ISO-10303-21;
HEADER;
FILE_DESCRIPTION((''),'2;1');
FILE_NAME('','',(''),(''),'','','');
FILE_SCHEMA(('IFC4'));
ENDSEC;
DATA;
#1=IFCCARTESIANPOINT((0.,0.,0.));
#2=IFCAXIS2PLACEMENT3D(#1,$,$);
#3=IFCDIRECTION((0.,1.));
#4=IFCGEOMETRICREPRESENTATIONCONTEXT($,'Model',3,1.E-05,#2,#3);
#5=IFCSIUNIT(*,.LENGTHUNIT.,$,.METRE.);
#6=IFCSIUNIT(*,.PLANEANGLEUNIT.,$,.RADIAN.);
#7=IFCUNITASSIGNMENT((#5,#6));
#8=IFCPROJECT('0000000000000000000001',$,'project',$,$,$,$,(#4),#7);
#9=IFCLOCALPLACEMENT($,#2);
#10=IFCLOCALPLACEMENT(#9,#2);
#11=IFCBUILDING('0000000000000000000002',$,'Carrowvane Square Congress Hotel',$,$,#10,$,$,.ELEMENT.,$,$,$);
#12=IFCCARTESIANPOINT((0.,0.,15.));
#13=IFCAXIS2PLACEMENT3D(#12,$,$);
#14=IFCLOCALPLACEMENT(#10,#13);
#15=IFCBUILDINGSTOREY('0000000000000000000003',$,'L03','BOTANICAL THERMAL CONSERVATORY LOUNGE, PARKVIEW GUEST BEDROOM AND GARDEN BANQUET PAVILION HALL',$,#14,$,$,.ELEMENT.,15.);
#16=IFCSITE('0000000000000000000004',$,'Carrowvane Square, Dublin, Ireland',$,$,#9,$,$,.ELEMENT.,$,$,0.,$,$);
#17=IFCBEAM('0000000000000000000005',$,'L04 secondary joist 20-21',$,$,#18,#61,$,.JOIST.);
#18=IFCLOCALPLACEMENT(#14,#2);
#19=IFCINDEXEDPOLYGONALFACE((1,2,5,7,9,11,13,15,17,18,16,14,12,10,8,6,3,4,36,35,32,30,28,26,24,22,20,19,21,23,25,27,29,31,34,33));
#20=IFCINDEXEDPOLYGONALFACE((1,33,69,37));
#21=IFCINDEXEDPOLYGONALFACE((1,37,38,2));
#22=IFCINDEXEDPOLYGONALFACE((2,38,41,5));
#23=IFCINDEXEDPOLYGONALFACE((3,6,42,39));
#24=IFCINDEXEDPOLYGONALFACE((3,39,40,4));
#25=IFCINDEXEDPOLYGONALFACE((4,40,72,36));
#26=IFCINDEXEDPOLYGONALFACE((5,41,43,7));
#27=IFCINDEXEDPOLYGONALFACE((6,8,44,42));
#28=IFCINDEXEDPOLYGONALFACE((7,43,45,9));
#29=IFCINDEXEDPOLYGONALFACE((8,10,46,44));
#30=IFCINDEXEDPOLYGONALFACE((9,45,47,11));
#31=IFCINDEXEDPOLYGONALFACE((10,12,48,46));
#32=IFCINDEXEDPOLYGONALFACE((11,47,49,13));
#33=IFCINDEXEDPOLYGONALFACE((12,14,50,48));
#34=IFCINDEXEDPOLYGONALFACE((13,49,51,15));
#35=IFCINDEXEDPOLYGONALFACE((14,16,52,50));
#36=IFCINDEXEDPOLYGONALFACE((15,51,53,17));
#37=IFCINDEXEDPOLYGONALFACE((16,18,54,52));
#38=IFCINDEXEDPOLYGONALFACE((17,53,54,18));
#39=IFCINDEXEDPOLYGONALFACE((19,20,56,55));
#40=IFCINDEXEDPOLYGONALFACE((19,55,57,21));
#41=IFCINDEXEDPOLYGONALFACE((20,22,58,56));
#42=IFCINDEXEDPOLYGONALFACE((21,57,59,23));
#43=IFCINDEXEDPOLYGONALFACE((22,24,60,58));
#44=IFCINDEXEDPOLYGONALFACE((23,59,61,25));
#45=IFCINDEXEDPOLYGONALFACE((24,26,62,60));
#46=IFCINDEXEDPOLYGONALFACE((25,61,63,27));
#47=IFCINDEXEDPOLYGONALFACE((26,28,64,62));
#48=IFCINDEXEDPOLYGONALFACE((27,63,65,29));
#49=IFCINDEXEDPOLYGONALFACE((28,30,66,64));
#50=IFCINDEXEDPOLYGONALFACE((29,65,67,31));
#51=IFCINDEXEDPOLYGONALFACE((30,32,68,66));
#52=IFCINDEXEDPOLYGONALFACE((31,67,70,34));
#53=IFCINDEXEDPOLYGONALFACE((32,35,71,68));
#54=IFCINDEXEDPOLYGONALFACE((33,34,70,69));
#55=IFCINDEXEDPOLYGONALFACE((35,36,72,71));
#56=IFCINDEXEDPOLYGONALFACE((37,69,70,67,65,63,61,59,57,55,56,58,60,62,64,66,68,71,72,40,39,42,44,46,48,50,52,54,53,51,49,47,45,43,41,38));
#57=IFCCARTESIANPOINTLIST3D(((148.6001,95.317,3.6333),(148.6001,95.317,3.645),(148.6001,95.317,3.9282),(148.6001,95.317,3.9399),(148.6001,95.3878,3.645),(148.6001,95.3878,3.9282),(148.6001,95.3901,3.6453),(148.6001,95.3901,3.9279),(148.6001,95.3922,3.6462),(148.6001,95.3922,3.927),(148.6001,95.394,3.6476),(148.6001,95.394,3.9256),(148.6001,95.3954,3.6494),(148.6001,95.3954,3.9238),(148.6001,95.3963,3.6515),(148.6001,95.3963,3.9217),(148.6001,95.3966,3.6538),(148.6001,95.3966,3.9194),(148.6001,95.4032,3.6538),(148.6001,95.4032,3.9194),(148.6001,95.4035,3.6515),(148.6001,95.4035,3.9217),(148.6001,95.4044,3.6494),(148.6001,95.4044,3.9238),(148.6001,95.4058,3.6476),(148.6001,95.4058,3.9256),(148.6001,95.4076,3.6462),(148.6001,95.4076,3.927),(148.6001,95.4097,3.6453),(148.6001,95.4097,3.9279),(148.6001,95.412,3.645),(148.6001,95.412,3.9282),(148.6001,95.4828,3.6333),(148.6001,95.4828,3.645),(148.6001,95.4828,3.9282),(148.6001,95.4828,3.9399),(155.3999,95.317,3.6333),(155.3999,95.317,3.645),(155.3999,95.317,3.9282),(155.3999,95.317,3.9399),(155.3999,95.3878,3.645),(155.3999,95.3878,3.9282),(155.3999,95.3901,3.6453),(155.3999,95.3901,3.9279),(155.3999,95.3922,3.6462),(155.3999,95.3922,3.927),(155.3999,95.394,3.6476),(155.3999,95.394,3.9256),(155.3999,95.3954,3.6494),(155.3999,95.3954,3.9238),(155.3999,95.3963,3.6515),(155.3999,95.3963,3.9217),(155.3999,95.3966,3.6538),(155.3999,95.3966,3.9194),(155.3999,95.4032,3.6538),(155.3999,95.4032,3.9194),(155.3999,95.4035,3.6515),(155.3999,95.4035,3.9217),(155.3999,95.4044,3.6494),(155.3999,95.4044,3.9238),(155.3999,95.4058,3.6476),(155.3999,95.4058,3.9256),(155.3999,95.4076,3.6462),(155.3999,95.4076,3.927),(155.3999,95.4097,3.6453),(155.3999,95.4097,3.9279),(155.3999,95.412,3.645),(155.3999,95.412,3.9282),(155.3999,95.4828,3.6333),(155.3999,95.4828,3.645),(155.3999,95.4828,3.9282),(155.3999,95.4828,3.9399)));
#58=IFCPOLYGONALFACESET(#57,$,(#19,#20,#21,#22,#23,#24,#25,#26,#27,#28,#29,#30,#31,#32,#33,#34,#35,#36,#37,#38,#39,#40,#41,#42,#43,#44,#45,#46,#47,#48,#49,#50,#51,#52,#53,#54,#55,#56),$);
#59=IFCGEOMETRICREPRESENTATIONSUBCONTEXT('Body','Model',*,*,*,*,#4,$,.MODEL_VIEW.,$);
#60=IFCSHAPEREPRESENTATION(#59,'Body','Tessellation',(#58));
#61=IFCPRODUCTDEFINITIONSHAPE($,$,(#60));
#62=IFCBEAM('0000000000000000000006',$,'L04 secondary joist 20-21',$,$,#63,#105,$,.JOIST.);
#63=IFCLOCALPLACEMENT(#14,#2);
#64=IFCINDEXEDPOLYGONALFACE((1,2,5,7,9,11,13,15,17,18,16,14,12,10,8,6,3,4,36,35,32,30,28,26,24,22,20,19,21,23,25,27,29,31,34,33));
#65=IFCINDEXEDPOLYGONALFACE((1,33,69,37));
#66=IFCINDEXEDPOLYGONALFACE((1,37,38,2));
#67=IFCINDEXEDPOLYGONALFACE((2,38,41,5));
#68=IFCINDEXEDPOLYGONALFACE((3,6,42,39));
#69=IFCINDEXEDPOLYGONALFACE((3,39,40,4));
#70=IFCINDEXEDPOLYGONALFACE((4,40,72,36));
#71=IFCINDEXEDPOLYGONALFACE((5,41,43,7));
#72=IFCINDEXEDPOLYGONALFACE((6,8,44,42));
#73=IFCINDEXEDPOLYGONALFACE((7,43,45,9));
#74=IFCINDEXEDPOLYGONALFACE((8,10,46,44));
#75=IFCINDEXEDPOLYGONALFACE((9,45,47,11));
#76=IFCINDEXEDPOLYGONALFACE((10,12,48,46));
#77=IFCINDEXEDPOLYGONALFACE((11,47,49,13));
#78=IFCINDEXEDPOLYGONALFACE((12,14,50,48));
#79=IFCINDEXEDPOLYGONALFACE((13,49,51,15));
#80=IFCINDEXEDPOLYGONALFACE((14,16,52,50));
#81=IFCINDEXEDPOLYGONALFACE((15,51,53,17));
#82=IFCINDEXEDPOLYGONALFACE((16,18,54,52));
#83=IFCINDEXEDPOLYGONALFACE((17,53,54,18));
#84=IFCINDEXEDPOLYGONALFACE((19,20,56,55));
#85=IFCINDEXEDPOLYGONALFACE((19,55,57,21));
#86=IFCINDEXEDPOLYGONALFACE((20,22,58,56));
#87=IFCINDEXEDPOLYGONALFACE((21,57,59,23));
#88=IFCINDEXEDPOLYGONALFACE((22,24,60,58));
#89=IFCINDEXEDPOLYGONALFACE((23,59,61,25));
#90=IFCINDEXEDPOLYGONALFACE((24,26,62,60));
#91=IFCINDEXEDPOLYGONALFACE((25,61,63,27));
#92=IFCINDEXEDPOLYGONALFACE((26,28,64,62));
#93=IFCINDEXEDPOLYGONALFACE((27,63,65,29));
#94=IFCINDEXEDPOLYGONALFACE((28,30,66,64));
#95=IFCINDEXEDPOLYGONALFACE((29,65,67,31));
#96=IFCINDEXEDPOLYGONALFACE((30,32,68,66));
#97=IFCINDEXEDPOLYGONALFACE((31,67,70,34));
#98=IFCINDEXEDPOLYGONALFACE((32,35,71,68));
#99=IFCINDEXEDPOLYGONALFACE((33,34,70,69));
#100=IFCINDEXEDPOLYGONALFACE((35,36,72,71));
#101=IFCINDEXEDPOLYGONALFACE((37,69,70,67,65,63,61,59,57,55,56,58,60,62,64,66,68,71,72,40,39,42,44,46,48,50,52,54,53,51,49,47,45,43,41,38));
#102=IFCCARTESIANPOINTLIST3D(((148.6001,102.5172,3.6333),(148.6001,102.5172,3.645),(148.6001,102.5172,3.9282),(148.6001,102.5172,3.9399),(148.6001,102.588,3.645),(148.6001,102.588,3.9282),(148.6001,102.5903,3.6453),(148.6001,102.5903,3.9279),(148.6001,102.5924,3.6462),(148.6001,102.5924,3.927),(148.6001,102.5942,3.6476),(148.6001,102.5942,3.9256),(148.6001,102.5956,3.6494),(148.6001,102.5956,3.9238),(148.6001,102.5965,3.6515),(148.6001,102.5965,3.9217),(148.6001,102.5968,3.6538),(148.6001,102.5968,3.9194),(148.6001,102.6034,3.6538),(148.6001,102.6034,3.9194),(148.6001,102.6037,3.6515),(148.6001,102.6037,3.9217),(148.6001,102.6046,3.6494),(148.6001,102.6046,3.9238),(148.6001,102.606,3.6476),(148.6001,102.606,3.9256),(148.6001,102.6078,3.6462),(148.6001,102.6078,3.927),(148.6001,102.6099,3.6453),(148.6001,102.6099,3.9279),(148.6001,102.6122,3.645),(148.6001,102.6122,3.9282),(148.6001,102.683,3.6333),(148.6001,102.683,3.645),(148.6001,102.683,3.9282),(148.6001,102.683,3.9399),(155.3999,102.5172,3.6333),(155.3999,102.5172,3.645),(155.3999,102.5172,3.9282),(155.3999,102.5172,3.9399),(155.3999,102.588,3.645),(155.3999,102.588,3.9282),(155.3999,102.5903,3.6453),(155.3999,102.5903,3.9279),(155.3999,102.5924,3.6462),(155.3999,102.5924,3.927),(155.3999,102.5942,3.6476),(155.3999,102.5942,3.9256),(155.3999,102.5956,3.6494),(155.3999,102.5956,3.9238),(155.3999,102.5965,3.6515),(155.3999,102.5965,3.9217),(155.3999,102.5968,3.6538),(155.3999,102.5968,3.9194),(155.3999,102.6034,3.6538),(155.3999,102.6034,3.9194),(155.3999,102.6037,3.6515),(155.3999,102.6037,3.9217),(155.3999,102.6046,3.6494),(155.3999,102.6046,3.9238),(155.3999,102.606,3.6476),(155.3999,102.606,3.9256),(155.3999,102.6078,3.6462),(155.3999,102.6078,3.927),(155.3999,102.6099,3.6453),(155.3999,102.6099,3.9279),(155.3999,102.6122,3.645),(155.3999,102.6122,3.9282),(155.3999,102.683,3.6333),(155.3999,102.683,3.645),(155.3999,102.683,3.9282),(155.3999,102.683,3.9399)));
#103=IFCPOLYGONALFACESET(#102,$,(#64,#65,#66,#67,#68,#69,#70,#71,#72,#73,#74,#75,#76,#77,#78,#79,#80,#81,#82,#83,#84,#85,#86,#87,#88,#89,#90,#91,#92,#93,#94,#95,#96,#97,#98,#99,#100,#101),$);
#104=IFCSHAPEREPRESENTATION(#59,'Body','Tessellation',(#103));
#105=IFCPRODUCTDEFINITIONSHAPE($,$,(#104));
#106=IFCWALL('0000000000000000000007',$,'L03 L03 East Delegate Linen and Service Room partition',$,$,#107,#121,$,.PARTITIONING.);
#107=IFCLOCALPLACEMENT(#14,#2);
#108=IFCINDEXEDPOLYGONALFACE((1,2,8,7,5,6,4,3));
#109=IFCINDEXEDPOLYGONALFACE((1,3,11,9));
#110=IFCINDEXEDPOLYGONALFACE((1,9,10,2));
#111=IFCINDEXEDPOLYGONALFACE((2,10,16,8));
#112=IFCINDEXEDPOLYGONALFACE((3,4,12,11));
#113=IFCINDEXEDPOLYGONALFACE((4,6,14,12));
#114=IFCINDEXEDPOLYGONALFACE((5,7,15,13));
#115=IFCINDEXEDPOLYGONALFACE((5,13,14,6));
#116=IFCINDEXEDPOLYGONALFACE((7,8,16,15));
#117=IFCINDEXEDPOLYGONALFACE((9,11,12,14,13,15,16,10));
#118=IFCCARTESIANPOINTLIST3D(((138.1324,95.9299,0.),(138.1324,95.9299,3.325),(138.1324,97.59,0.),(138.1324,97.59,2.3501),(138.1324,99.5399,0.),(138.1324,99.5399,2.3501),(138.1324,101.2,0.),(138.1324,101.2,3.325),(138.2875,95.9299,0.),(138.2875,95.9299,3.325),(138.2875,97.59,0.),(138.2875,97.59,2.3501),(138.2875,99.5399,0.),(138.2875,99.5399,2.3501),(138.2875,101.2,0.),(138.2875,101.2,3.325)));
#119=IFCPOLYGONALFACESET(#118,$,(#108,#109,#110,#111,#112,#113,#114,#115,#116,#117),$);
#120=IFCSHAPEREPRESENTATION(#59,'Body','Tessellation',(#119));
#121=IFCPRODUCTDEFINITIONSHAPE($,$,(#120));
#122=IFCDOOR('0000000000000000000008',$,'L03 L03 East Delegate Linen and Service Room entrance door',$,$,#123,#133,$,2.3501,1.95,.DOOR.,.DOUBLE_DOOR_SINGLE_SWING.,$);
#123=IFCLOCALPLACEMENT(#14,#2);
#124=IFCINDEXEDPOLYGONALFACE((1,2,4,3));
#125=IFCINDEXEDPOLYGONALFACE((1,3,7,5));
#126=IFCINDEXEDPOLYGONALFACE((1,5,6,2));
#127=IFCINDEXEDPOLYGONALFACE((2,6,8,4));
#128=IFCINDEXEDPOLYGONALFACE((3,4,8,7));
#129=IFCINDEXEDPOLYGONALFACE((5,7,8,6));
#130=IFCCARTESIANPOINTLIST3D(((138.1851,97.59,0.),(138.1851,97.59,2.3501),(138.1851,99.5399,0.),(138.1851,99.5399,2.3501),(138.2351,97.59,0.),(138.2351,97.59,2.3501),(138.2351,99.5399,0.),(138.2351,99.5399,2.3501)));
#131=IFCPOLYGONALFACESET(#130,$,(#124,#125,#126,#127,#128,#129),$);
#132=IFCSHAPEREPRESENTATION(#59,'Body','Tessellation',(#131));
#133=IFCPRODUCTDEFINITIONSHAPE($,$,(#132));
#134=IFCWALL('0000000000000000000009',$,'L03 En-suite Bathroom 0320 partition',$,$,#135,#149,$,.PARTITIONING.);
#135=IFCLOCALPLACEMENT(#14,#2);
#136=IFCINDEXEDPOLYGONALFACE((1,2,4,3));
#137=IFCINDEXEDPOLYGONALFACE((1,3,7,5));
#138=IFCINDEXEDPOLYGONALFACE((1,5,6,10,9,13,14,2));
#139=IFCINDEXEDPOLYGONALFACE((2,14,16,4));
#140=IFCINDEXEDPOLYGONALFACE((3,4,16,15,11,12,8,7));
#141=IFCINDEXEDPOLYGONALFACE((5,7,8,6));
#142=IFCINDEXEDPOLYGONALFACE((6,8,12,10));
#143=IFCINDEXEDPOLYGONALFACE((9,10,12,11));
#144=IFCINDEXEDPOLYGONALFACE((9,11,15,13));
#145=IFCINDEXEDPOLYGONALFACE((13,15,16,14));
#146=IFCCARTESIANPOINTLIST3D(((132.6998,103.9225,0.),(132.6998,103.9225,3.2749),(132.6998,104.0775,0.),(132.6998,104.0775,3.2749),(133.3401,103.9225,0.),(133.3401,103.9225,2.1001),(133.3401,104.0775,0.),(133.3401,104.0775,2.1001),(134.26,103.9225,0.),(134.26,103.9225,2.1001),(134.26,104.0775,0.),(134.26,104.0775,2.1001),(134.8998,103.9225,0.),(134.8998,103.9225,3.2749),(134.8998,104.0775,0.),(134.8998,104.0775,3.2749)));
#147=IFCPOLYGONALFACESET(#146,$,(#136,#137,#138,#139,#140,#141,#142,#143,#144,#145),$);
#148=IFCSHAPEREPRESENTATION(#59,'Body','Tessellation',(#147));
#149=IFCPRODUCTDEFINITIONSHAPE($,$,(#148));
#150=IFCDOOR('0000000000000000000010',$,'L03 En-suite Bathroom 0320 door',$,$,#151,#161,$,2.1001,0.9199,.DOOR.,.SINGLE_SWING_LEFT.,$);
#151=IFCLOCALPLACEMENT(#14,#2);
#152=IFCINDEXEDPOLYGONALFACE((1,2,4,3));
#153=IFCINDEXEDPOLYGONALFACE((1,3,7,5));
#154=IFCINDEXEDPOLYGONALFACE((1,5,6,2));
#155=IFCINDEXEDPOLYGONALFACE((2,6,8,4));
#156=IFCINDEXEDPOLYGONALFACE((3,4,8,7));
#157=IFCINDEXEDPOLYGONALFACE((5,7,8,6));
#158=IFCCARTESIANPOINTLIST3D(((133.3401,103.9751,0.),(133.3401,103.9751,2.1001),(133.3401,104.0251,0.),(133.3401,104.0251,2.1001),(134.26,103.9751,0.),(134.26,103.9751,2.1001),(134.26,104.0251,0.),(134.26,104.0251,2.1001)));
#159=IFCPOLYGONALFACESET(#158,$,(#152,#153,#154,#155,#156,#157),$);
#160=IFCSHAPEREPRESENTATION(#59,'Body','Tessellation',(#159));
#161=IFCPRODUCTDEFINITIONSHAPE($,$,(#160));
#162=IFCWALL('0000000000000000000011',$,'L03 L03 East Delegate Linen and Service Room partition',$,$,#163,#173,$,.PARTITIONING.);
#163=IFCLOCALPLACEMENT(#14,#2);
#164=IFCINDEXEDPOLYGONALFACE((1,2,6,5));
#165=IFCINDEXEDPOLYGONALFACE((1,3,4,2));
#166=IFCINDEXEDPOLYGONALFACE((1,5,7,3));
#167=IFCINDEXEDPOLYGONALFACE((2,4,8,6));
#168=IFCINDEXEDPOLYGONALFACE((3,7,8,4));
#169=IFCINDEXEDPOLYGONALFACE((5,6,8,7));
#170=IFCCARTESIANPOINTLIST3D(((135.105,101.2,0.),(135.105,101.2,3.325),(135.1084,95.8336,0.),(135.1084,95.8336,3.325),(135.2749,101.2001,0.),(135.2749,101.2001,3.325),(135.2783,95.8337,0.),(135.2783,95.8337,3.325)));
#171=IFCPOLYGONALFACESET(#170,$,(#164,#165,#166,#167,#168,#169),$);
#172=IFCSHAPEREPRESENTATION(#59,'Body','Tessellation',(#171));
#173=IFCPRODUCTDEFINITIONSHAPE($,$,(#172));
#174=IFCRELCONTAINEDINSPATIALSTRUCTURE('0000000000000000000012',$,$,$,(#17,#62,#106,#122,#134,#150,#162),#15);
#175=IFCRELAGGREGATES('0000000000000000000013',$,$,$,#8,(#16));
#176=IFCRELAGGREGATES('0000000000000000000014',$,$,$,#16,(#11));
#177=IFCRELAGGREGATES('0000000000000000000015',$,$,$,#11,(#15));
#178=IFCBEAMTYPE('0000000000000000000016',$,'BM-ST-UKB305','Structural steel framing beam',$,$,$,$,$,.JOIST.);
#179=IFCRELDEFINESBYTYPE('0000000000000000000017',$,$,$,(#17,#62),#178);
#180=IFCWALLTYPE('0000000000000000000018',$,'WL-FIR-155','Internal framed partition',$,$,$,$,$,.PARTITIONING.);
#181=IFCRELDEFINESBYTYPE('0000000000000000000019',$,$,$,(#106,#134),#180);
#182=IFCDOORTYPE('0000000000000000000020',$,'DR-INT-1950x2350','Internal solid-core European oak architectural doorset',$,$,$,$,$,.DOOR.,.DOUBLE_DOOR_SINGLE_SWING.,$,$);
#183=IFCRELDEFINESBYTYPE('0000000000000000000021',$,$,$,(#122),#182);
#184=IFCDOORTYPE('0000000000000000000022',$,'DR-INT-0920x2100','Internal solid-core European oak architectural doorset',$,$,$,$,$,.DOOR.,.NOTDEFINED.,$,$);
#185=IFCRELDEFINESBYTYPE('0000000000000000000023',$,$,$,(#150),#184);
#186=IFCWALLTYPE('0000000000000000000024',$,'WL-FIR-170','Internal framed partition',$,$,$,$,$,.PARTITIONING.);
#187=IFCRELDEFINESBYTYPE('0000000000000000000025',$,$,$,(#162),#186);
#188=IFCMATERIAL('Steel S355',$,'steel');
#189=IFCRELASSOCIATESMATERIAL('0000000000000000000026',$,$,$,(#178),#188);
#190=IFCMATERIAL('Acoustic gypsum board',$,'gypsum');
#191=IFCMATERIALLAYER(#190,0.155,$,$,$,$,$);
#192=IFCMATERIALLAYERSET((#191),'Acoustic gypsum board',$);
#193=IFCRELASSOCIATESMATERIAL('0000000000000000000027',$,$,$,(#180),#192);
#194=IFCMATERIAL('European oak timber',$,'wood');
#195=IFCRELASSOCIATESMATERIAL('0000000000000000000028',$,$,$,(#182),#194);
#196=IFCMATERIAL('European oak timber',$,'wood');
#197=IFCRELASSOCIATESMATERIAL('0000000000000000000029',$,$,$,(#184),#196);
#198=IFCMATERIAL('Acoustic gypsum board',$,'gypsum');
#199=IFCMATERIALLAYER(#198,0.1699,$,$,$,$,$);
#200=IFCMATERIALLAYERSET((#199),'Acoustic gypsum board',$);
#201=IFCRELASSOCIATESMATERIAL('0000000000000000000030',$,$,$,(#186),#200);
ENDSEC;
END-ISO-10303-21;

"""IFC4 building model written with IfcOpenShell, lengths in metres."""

from ifc_helpers import new_model, si_unit, direction, frame, frame_2d, origin, origin_2d, place, context, subcontext, project, spatial, rectangle, i_section, extrude, material, layer, layer_set, material_profile, profile_set, type_object, element, fill, save


model = new_model("IFC4")

# Units and contexts
model_context = context("Model", 3, precision=1e-05, world=origin(), true_north=direction((0.0, 1.0)))
body_context = subcontext(model_context, "Body", "Model", "MODEL_VIEW")
ifc_project = project(units=[si_unit("LENGTHUNIT", "METRE"), si_unit("PLANEANGLEUNIT", "RADIAN")], contexts=[model_context])

# Site, building, storey
site_placement = place(None, origin())
site = spatial("IfcSite", under=ifc_project, at=site_placement, Name="Carrowvane Square, Dublin, Ireland", CompositionType="ELEMENT", RefElevation=0.0)
building_placement = place(site_placement, origin())
building = spatial("IfcBuilding", under=site, at=building_placement, Name="Carrowvane Square Congress Hotel", CompositionType="ELEMENT")
storey_placement = place(building_placement, frame((0.0, 0.0, 15.0)))
storey = spatial("IfcBuildingStorey", under=building, at=storey_placement, Name="L03", Description="BOTANICAL THERMAL CONSERVATORY LOUNGE, PARKVIEW GUEST BEDROOM AND GARDEN BANQUET PAVILION HALL", CompositionType="ELEMENT", Elevation=15.0)

# Beams
ifc_material_1 = material(Name="Steel S355", Category="steel")
ifc_material_profile_1 = material_profile(ifc_material_1, i_section(OverallWidth=0.1658, OverallDepth=0.3066, WebThickness=0.0066, FlangeThickness=0.0117, FilletRadius=0.0088, at=origin_2d()), Name="UKB 305x165x46")
ifc_profile_set_1 = profile_set([ifc_material_profile_1], Name="Steel S355")
beam_type_1 = type_object("IfcBeamType", Name="BM-ST-UKB305", Description="Structural steel framing beam", PredefinedType="JOIST", material=ifc_profile_set_1)
for number, where, z_axis, x_axis, name in (
    (1, (148.6001, 95.3999, 3.7866), (1.0, 0.0, 0.0), (0.0, 1.0, 0.0), "L04 secondary joist 20-21"),
    (2, (148.6001, 102.6001, 3.7866), (1.0, 0.0, 0.0), (0.0, 1.0, 0.0), "L04 secondary joist 20-21"),
):
    element("IfcBeam", number, at=place(storey_placement, frame(where, z_axis=z_axis, x_axis=x_axis)), inside=storey, type_object=beam_type_1, Name=name, PredefinedType="JOIST", context=body_context, shape_type="SweptSolid", body=[
        extrude(i_section(OverallWidth=0.1658, OverallDepth=0.3066, WebThickness=0.0066, FlangeThickness=0.0117, FilletRadius=0.0088, at=origin_2d()), origin(), (0.0, 0.0, 1.0), 6.7998),
    ])

# Walls, openings, doors
ifc_material_2 = material(Name="Acoustic gypsum board", Category="gypsum")
ifc_layer_1 = layer(ifc_material_2, 0.155)
ifc_layer_set_1 = layer_set([ifc_layer_1], Name="Acoustic gypsum board")
wall_type_1 = type_object("IfcWallType", Name="WL-FIR-155", Description="Internal framed partition", PredefinedType="PARTITIONING", material=ifc_layer_set_1)
wall_1_placement = place(storey_placement, frame((138.21, 95.9299, 0.0), z_axis=(0.0, 0.0, 1.0), x_axis=(0.0, 1.0, 0.0)))
wall_1 = element("IfcWall", 3, at=wall_1_placement, inside=storey, type_object=wall_type_1, Name="L03 L03 East Delegate Linen and Service Room partition", PredefinedType="PARTITIONING", context=body_context, shape_type="SweptSolid", body=[
    extrude(rectangle(XDim=5.27, YDim=0.155, at=frame_2d((2.635, 0.0))), origin(), (0.0, 0.0, 1.0), 3.325),
])
opening_1_placement = place(wall_1_placement, frame((1.6599, 0.0, 0.0)))
opening_1 = element("IfcOpeningElement", 4, at=opening_1_placement, cuts=wall_1, PredefinedType="OPENING", context=body_context, shape_type="SweptSolid", body=[
    extrude(rectangle(XDim=1.95, YDim=2.3501, at=frame_2d((0.9751, 1.175))), frame((0.0, 0.0874, 0.0), z_axis=(0.0, -1.0, 0.0), x_axis=(1.0, 0.0, 0.0)), (0.0, 0.0, 1.0), 0.175),
])
ifc_material_3 = material(Name="European oak timber", Category="wood")
door_type_1 = type_object("IfcDoorType", Name="DR-INT-1950x2350", Description="Internal solid-core European oak architectural doorset", OperationType="DOUBLE_DOOR_SINGLE_SWING", PredefinedType="DOOR", material=ifc_material_3)
door_1_placement = place(opening_1_placement, origin())
door_1 = element("IfcDoor", 5, at=door_1_placement, inside=storey, type_object=door_type_1, Name="L03 L03 East Delegate Linen and Service Room entrance door", OperationType="DOUBLE_DOOR_SINGLE_SWING", OverallHeight=2.3501, OverallWidth=1.95, PredefinedType="DOOR", context=body_context, shape_type="SweptSolid", body=[
    extrude(rectangle(XDim=1.95, YDim=2.3501, at=frame_2d((0.9751, 1.175))), frame((0.0, 0.0249, 0.0), z_axis=(0.0, -1.0, 0.0), x_axis=(1.0, 0.0, 0.0)), (0.0, 0.0, 1.0), 0.05),
])
fill(opening_1, door_1)
wall_2_placement = place(storey_placement, frame((134.8999, 104.0, 0.0), z_axis=(0.0, 0.0, 1.0), x_axis=(-1.0, 0.0, 0.0)))
wall_2 = element("IfcWall", 6, at=wall_2_placement, inside=storey, type_object=wall_type_1, Name="L03 En-suite Bathroom 0320 partition", PredefinedType="PARTITIONING", context=body_context, shape_type="SweptSolid", body=[
    extrude(rectangle(XDim=2.2, YDim=0.155, at=frame_2d((1.1001, 0.0))), origin(), (0.0, 0.0, 1.0), 3.2749),
])
opening_2_placement = place(wall_2_placement, frame((0.6399, 0.0, 0.0)))
opening_2 = element("IfcOpeningElement", 7, at=opening_2_placement, cuts=wall_2, PredefinedType="OPENING", context=body_context, shape_type="SweptSolid", body=[
    extrude(rectangle(XDim=0.9199, YDim=2.1001, at=frame_2d((0.46, 1.05))), frame((0.0, 0.0874, 0.0), z_axis=(0.0, -1.0, 0.0), x_axis=(1.0, 0.0, 0.0)), (0.0, 0.0, 1.0), 0.175),
])
ifc_material_4 = material(Name="European oak timber", Category="wood")
door_type_2 = type_object("IfcDoorType", Name="DR-INT-0920x2100", Description="Internal solid-core European oak architectural doorset", OperationType="NOTDEFINED", PredefinedType="DOOR", material=ifc_material_4)
door_2_placement = place(opening_2_placement, origin())
door_2 = element("IfcDoor", 8, at=door_2_placement, inside=storey, type_object=door_type_2, Name="L03 En-suite Bathroom 0320 door", OperationType="SINGLE_SWING_LEFT", OverallHeight=2.1001, OverallWidth=0.9199, PredefinedType="DOOR", context=body_context, shape_type="SweptSolid", body=[
    extrude(rectangle(XDim=0.9199, YDim=2.1001, at=frame_2d((0.46, 1.05))), frame((0.0, 0.0249, 0.0), z_axis=(0.0, -1.0, 0.0), x_axis=(1.0, 0.0, 0.0)), (0.0, 0.0, 1.0), 0.05),
])
fill(opening_2, door_2)

# Wall
ifc_material_5 = material(Name="Acoustic gypsum board", Category="gypsum")
ifc_layer_2 = layer(ifc_material_5, 0.1699)
ifc_layer_set_2 = layer_set([ifc_layer_2], Name="Acoustic gypsum board")
wall_type_2 = type_object("IfcWallType", Name="WL-FIR-170", Description="Internal framed partition", PredefinedType="PARTITIONING", material=ifc_layer_set_2)
wall_3_placement = place(storey_placement, frame((135.1899, 101.2, 0.0), z_axis=(0.0, 0.0, 1.0), x_axis=(0.000637, -1.0, 0.0)))
element("IfcWall", 9, at=wall_3_placement, inside=storey, type_object=wall_type_2, Name="L03 L03 East Delegate Linen and Service Room partition", PredefinedType="PARTITIONING", context=body_context, shape_type="SweptSolid", body=[
    extrude(rectangle(XDim=5.3665, YDim=0.1699, at=frame_2d((2.6831, 0.0))), origin(), (0.0, 0.0, 1.0), 3.325),
])

save(model, "model.ifc")
